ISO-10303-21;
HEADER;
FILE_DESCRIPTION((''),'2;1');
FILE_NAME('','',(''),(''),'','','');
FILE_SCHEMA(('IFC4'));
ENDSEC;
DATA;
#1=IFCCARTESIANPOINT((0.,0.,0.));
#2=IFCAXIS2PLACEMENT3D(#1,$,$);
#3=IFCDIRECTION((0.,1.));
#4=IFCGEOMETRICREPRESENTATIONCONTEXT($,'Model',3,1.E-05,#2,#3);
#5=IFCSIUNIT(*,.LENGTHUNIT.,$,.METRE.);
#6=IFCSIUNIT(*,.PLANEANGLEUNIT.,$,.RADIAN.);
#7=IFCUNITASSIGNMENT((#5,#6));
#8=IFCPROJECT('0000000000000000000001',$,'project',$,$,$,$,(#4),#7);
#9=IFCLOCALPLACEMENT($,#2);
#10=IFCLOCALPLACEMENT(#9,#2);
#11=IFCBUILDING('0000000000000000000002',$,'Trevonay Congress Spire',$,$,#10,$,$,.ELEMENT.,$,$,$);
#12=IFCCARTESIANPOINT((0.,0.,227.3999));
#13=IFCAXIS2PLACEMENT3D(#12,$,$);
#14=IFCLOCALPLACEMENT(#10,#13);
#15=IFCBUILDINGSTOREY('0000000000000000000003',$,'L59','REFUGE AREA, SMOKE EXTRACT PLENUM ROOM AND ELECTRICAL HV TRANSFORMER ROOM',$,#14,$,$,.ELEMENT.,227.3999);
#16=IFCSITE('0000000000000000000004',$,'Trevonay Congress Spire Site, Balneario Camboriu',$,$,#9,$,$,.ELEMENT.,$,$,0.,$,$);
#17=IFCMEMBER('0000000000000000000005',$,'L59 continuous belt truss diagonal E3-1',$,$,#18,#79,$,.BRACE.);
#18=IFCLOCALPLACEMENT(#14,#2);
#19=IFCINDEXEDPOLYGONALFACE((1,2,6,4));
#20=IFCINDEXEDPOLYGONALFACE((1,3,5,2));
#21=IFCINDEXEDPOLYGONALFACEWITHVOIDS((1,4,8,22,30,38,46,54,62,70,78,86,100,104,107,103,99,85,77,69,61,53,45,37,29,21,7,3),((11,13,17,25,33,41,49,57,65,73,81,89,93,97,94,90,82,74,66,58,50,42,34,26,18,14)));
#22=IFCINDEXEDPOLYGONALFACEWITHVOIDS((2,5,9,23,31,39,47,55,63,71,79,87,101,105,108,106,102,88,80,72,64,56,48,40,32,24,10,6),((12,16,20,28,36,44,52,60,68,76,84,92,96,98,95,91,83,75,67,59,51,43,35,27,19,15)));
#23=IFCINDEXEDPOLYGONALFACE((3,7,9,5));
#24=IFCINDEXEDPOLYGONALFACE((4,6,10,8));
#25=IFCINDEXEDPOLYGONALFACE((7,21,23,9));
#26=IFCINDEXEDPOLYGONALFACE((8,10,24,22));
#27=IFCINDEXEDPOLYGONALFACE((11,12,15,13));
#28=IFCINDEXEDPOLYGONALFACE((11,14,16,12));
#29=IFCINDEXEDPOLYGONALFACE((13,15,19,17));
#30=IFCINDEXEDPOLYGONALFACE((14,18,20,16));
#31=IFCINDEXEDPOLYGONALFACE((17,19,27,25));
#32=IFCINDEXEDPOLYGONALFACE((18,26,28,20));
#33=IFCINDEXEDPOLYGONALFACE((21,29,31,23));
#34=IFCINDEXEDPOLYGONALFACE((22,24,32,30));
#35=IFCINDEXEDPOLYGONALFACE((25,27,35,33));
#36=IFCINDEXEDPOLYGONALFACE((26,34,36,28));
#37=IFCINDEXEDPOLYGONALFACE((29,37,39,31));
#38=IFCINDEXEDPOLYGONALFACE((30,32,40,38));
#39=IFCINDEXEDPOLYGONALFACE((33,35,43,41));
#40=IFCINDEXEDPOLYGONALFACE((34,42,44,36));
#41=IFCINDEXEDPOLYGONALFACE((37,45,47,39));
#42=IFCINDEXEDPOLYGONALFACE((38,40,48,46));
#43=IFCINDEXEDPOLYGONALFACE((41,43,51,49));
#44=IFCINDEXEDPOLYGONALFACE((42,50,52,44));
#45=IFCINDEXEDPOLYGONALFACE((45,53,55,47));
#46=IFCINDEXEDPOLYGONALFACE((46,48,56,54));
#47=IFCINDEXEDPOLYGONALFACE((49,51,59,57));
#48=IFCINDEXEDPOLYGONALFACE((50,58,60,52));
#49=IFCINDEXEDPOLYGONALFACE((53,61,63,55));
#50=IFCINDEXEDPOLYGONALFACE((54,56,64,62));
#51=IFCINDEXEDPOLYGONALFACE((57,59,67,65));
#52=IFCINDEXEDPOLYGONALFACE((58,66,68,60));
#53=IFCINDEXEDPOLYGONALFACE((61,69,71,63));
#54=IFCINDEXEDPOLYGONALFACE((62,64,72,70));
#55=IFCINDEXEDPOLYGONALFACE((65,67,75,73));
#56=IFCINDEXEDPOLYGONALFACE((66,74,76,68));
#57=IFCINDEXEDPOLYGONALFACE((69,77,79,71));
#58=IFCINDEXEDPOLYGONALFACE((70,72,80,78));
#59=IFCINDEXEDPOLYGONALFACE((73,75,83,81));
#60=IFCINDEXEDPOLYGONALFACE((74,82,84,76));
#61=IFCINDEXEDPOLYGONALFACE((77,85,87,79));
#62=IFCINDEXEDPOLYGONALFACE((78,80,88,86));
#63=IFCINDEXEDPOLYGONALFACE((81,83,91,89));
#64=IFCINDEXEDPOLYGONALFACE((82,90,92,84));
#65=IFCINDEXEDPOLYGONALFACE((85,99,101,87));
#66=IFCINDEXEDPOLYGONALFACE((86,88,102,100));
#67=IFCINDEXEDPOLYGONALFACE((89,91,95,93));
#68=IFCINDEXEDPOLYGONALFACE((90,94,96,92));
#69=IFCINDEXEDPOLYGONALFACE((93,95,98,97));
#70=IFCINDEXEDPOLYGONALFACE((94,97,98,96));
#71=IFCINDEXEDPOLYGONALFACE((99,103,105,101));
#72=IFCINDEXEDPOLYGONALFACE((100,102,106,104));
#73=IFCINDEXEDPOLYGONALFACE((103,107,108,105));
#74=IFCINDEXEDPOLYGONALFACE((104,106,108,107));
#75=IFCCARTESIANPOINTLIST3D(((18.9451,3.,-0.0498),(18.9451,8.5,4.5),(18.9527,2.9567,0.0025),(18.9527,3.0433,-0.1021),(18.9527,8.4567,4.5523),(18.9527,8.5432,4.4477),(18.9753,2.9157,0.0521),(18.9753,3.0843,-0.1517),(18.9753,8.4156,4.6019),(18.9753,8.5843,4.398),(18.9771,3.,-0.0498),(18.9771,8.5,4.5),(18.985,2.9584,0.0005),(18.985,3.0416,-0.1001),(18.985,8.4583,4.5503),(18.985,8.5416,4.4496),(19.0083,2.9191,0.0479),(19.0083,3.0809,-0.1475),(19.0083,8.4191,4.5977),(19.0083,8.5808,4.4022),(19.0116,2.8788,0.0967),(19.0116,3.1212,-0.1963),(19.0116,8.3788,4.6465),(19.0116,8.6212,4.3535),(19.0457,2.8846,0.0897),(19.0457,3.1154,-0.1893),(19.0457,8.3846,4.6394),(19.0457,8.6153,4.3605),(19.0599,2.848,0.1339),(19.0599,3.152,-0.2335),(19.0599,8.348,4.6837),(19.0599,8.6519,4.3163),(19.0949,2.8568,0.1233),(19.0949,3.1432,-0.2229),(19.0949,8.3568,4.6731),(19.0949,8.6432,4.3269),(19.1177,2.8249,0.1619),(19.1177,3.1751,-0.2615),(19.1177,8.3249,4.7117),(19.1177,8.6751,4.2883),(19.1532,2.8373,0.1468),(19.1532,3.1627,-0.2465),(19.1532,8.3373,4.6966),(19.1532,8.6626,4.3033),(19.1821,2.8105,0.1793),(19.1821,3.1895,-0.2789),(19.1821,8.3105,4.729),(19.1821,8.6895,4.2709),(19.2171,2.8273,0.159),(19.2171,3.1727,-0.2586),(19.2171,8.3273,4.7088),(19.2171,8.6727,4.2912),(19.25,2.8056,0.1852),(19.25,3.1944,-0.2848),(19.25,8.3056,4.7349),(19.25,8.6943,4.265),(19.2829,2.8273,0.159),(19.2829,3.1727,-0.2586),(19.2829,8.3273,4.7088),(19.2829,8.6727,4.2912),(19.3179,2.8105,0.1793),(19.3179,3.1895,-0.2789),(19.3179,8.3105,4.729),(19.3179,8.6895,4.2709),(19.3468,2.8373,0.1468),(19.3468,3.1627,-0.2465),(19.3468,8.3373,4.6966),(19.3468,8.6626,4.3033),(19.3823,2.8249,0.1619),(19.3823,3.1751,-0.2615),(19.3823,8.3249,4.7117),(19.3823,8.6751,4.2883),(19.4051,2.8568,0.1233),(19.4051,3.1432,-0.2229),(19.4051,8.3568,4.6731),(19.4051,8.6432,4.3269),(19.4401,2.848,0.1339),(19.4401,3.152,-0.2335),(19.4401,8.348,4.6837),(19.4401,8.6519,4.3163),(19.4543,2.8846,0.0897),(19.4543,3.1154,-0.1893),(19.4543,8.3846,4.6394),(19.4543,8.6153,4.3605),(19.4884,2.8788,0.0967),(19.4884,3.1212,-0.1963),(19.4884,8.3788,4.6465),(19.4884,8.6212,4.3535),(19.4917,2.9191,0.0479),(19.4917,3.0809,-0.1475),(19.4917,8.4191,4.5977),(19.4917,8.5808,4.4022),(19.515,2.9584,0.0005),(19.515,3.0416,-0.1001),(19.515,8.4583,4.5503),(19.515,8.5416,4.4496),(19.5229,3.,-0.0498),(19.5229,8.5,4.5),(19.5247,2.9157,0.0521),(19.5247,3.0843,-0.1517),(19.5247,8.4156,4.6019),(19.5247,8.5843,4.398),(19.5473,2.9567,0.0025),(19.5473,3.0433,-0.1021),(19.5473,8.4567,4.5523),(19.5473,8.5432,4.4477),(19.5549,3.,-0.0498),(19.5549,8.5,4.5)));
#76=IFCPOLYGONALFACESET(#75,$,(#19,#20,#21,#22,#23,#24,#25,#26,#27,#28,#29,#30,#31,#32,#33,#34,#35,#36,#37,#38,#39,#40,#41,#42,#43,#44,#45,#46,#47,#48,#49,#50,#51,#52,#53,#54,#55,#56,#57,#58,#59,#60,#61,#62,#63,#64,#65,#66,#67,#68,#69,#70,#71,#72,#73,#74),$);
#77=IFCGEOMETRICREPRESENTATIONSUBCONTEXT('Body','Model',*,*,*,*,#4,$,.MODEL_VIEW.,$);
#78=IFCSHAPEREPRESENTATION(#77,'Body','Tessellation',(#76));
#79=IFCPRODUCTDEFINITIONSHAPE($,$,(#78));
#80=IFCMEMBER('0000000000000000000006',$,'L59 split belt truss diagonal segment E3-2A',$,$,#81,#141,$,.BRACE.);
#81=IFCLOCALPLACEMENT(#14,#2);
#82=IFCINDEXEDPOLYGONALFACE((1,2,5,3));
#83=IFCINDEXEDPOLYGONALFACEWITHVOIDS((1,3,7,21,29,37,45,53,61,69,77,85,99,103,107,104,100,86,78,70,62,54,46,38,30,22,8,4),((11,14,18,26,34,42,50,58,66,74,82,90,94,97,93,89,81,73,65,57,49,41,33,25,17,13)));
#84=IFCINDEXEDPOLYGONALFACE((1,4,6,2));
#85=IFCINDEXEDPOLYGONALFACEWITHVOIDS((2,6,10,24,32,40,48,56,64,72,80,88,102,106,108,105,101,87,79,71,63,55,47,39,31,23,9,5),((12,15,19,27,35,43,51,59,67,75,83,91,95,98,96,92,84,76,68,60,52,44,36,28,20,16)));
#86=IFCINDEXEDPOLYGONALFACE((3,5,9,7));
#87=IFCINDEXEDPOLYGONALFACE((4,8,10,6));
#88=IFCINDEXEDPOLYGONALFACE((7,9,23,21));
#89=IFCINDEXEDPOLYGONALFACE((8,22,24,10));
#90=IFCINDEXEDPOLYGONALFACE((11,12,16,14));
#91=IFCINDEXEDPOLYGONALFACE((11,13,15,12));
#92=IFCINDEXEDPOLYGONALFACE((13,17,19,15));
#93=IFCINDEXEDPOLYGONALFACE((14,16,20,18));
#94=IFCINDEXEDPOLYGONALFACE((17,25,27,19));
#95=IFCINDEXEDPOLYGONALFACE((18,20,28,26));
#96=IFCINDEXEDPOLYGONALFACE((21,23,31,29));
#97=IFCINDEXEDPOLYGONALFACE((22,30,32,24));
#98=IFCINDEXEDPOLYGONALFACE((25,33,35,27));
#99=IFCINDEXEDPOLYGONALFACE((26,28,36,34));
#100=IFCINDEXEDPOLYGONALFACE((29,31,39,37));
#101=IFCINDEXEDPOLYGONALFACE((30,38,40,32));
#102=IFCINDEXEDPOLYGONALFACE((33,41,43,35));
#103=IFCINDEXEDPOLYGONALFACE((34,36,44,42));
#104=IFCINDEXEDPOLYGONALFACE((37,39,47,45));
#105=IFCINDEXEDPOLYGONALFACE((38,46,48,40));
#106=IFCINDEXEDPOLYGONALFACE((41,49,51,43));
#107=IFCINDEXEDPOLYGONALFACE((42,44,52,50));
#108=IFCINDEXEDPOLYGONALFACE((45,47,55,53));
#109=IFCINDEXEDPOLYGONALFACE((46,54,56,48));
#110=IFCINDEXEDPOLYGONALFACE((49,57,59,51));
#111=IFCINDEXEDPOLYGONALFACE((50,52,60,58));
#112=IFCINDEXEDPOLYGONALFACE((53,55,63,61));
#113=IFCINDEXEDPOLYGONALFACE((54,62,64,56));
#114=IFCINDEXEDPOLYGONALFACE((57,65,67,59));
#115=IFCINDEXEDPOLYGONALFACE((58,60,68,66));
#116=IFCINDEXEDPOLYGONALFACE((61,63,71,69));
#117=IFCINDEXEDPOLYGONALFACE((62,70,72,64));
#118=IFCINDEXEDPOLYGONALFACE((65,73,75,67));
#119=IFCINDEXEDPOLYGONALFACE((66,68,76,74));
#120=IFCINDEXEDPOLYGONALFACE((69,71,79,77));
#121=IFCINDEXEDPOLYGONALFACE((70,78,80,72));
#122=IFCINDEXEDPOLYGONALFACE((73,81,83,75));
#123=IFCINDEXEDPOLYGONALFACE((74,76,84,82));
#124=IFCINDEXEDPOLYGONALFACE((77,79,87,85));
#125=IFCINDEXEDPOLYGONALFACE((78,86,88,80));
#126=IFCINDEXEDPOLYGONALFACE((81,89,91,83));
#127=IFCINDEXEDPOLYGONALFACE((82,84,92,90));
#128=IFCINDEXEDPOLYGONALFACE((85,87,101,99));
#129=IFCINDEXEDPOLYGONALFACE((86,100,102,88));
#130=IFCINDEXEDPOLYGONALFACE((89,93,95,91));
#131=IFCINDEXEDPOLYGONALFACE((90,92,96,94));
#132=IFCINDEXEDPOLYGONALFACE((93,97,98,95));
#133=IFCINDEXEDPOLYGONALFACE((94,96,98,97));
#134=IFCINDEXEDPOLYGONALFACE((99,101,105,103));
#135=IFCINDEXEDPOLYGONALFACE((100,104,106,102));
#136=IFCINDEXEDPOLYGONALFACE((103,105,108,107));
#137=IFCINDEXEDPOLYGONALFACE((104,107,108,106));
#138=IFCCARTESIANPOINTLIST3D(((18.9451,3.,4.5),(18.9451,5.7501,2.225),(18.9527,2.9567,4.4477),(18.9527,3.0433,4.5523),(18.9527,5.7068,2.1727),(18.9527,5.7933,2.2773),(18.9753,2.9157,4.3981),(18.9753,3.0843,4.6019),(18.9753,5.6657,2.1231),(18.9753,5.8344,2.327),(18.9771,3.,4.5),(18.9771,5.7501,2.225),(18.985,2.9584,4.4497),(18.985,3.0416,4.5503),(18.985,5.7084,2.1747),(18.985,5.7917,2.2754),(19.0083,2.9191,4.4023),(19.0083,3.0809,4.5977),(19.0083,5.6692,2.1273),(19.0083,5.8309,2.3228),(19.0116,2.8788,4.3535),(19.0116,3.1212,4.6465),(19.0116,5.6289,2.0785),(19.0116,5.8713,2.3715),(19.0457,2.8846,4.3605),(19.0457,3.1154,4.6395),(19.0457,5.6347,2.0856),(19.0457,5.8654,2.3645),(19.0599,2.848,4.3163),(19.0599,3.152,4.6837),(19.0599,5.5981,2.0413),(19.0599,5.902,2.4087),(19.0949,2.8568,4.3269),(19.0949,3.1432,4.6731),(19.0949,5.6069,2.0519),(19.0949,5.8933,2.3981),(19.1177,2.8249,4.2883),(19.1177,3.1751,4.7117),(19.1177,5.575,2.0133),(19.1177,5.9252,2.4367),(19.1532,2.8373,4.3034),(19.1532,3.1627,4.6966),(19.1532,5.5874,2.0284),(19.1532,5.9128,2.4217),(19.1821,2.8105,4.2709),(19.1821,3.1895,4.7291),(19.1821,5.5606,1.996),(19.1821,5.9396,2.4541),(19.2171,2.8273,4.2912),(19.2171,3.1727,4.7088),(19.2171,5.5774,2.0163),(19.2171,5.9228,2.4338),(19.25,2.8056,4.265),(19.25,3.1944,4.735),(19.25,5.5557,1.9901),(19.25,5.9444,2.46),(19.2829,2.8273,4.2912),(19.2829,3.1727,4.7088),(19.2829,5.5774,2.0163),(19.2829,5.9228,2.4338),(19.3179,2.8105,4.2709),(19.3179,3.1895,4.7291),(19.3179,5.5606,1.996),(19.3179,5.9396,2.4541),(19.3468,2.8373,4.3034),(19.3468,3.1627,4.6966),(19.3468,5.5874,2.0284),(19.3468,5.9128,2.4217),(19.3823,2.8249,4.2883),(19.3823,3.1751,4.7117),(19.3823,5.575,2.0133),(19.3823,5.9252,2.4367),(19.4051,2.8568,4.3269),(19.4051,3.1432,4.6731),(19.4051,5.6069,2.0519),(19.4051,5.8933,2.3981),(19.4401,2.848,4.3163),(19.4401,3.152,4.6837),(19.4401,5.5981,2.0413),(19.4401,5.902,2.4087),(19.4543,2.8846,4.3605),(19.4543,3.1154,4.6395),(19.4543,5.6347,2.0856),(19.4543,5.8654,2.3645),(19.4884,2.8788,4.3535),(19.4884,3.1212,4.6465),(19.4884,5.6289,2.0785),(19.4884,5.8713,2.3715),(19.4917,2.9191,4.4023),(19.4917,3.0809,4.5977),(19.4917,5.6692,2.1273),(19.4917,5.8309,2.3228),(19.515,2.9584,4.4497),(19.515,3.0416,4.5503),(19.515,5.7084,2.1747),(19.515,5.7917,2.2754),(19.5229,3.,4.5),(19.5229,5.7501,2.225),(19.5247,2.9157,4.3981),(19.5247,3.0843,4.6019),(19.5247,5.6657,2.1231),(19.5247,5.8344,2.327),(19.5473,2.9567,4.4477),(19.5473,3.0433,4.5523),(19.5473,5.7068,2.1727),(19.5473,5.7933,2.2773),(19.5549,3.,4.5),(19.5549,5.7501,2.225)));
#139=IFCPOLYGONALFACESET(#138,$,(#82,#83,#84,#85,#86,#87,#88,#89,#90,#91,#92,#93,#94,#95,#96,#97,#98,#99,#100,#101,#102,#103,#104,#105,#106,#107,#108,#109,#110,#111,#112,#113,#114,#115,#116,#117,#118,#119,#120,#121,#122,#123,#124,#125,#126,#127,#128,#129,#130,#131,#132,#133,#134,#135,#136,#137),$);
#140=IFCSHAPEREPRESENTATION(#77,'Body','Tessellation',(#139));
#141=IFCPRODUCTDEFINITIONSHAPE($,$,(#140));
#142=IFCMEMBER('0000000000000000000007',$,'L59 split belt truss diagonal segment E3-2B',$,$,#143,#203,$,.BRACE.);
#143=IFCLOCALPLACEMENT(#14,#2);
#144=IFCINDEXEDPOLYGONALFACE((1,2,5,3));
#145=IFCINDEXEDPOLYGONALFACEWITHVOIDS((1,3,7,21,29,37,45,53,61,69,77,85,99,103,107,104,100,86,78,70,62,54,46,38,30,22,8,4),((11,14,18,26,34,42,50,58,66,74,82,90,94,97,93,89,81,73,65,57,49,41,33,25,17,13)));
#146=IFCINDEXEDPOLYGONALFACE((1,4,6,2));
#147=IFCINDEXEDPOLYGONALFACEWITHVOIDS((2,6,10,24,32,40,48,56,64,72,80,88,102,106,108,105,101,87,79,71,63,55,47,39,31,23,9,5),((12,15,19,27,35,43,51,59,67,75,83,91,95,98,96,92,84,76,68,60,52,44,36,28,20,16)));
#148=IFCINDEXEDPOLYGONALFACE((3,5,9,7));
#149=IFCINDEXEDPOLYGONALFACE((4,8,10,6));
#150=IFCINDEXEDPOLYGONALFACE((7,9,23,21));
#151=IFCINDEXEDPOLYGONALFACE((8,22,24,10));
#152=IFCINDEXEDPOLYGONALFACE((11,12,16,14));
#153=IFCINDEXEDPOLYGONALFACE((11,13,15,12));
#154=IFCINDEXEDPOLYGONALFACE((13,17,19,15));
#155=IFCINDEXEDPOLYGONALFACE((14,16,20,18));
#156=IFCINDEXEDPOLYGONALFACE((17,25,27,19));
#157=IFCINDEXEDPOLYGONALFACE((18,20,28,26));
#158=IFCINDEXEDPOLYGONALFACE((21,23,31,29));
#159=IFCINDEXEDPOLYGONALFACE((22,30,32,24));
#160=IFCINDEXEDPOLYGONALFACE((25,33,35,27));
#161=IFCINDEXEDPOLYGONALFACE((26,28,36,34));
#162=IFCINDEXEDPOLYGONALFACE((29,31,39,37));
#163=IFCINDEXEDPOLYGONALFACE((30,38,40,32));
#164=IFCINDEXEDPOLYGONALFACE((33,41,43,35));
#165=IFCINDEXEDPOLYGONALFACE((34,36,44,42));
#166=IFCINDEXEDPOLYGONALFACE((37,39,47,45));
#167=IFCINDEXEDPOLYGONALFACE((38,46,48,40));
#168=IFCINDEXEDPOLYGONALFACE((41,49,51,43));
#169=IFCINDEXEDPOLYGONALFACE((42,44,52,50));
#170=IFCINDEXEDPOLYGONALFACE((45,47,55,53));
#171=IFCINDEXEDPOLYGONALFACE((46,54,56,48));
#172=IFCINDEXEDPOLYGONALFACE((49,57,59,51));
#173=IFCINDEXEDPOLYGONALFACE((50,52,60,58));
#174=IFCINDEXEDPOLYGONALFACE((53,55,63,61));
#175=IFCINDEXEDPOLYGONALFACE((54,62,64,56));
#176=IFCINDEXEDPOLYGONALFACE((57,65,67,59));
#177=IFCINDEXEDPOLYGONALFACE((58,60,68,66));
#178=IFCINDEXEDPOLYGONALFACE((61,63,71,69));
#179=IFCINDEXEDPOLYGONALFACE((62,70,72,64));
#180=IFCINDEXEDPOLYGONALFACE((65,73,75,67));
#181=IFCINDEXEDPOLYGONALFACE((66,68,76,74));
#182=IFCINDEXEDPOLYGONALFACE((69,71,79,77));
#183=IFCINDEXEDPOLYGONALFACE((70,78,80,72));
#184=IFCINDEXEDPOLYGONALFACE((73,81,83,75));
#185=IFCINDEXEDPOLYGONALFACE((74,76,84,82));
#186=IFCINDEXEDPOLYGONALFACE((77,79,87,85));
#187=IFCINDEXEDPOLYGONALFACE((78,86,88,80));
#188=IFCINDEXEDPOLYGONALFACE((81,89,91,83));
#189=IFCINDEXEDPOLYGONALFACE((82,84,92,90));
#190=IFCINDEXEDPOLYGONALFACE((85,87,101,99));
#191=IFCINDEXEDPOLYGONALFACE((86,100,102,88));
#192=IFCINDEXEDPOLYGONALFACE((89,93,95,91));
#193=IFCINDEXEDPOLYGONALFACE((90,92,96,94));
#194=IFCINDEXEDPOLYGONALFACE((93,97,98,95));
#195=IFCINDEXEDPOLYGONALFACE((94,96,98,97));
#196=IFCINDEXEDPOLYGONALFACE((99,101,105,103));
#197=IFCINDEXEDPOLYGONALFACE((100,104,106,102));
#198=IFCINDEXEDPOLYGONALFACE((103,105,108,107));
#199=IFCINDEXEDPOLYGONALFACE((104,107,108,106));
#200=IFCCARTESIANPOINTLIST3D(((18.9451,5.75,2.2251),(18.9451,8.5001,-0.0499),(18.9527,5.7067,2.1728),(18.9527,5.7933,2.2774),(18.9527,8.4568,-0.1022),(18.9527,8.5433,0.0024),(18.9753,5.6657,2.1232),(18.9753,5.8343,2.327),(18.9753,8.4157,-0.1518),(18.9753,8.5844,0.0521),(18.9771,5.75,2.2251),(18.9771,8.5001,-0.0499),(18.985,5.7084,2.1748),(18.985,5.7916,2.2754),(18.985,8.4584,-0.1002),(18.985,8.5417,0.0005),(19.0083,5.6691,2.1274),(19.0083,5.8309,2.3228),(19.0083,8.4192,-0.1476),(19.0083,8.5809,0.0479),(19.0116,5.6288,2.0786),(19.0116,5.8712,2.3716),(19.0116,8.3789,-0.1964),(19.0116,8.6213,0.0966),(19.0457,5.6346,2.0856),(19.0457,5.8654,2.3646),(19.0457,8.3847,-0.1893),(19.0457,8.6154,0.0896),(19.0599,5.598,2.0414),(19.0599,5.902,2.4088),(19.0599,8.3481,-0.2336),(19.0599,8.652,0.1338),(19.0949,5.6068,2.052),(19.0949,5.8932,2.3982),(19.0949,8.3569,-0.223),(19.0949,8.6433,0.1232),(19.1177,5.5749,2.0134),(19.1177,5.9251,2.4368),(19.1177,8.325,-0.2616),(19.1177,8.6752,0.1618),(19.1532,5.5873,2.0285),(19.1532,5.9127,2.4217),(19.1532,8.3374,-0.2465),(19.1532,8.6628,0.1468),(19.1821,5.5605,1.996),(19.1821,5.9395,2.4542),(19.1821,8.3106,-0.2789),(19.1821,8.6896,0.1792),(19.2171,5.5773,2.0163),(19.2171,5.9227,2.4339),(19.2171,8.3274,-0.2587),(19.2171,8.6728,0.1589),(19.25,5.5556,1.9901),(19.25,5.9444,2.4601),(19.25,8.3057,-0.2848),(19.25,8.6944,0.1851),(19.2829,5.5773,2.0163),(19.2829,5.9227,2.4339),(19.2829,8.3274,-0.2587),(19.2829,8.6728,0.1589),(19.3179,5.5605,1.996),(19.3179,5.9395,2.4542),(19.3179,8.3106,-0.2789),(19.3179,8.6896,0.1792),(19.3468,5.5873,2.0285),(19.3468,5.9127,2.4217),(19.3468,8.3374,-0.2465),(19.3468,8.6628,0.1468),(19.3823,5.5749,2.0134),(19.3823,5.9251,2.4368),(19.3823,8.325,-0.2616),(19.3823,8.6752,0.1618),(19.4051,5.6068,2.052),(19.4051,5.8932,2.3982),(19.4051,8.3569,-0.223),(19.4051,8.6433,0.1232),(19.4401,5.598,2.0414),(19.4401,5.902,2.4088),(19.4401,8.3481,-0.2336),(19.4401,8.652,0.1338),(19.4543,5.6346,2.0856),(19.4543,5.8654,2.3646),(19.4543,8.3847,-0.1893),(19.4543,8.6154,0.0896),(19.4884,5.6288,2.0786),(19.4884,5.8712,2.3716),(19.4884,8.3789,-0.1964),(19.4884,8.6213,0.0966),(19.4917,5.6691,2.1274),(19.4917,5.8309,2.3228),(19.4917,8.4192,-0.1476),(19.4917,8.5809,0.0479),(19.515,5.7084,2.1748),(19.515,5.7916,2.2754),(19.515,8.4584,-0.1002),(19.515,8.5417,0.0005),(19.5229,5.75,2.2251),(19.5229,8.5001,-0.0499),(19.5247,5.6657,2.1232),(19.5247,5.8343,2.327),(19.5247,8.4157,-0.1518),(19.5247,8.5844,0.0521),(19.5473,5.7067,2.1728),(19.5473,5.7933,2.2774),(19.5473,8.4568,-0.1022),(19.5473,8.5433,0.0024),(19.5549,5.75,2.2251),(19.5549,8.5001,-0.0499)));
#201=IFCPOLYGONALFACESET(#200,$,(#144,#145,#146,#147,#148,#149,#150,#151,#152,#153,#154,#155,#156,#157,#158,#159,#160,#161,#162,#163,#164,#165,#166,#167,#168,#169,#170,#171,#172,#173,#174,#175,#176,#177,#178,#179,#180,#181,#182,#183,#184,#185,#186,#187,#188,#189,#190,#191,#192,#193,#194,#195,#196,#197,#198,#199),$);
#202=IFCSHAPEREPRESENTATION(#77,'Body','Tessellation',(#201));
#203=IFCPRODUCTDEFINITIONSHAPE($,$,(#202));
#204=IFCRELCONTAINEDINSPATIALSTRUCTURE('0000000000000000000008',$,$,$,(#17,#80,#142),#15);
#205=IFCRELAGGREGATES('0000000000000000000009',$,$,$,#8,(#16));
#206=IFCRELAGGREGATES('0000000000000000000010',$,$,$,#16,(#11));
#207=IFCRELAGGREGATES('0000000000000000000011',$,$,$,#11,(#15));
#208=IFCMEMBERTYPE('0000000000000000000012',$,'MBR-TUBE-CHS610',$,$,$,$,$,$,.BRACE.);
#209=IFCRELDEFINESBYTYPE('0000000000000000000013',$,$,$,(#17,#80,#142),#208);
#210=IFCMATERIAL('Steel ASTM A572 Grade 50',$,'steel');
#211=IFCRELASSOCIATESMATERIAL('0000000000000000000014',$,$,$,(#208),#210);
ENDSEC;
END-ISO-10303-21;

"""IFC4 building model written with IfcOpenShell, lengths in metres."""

from ifc_helpers import new_model, si_unit, direction, frame, origin, origin_2d, place, context, subcontext, project, spatial, hollow_circle, extrude, material, material_profile, profile_set, type_object, element, save


model = new_model("IFC4")

# Units and contexts
model_context = context("Model", 3, precision=1e-05, world=origin(), true_north=direction((0.0, 1.0)))
body_context = subcontext(model_context, "Body", "Model", "MODEL_VIEW")
ifc_project = project(units=[si_unit("LENGTHUNIT", "METRE"), si_unit("PLANEANGLEUNIT", "RADIAN")], contexts=[model_context])

# Site, building, storey
site_placement = place(None, origin())
site = spatial("IfcSite", under=ifc_project, at=site_placement, Name="Trevonay Congress Spire Site, Balneario Camboriu", CompositionType="ELEMENT", RefElevation=0.0)
building_placement = place(site_placement, origin())
building = spatial("IfcBuilding", under=site, at=building_placement, Name="Trevonay Congress Spire", CompositionType="ELEMENT")
storey_placement = place(building_placement, frame((0.0, 0.0, 227.3999)))
storey = spatial("IfcBuildingStorey", under=building, at=storey_placement, Name="L59", Description="REFUGE AREA, SMOKE EXTRACT PLENUM ROOM AND ELECTRICAL HV TRANSFORMER ROOM", CompositionType="ELEMENT", Elevation=227.3999)

# Shared definitions
ifc_material_1 = material(Name="Steel ASTM A572 Grade 50", Category="steel")

# Members
ifc_material_profile_1 = material_profile(ifc_material_1, hollow_circle(Radius=0.3049, WallThickness=0.032, at=origin_2d()), Name="CHS 610x32")
ifc_profile_set_1 = profile_set([ifc_material_profile_1], Name="Steel ASTM A572 Grade 50")
member_type_1 = type_object("IfcMemberType", Name="MBR-TUBE-CHS610", PredefinedType="BRACE", material=ifc_profile_set_1)
member_1_placement = place(storey_placement, frame((19.25, 3.0, -0.0498), z_axis=(0.0, 0.770526, 0.637408), x_axis=(-1.0, 0.0, 0.0)))
element("IfcMember", 1, at=member_1_placement, inside=storey, type_object=member_type_1, Name="L59 continuous belt truss diagonal E3-1", PredefinedType="BRACE", context=body_context, shape_type="SweptSolid", body=[
    extrude(hollow_circle(Radius=0.3049, WallThickness=0.032, at=origin_2d()), origin(), (0.0, 0.0, 1.0), 7.1379),
])
for number, where, z_axis, x_axis, name in (
    (2, (19.25, 3.0, 4.5), (0.0, 0.770526, -0.637408), (-1.0, 0.0, 0.0), "L59 split belt truss diagonal segment E3-2A"),
    (3, (19.25, 5.75, 2.2251), (0.0, 0.770526, -0.637408), (-1.0, 0.0, 0.0), "L59 split belt truss diagonal segment E3-2B"),
):
    element("IfcMember", number, at=place(storey_placement, frame(where, z_axis=z_axis, x_axis=x_axis)), inside=storey, type_object=member_type_1, Name=name, PredefinedType="BRACE", context=body_context, shape_type="SweptSolid", body=[
        extrude(hollow_circle(Radius=0.3049, WallThickness=0.032, at=origin_2d()), origin(), (0.0, 0.0, 1.0), 3.5691),
    ])

save(model, "model.ifc")
